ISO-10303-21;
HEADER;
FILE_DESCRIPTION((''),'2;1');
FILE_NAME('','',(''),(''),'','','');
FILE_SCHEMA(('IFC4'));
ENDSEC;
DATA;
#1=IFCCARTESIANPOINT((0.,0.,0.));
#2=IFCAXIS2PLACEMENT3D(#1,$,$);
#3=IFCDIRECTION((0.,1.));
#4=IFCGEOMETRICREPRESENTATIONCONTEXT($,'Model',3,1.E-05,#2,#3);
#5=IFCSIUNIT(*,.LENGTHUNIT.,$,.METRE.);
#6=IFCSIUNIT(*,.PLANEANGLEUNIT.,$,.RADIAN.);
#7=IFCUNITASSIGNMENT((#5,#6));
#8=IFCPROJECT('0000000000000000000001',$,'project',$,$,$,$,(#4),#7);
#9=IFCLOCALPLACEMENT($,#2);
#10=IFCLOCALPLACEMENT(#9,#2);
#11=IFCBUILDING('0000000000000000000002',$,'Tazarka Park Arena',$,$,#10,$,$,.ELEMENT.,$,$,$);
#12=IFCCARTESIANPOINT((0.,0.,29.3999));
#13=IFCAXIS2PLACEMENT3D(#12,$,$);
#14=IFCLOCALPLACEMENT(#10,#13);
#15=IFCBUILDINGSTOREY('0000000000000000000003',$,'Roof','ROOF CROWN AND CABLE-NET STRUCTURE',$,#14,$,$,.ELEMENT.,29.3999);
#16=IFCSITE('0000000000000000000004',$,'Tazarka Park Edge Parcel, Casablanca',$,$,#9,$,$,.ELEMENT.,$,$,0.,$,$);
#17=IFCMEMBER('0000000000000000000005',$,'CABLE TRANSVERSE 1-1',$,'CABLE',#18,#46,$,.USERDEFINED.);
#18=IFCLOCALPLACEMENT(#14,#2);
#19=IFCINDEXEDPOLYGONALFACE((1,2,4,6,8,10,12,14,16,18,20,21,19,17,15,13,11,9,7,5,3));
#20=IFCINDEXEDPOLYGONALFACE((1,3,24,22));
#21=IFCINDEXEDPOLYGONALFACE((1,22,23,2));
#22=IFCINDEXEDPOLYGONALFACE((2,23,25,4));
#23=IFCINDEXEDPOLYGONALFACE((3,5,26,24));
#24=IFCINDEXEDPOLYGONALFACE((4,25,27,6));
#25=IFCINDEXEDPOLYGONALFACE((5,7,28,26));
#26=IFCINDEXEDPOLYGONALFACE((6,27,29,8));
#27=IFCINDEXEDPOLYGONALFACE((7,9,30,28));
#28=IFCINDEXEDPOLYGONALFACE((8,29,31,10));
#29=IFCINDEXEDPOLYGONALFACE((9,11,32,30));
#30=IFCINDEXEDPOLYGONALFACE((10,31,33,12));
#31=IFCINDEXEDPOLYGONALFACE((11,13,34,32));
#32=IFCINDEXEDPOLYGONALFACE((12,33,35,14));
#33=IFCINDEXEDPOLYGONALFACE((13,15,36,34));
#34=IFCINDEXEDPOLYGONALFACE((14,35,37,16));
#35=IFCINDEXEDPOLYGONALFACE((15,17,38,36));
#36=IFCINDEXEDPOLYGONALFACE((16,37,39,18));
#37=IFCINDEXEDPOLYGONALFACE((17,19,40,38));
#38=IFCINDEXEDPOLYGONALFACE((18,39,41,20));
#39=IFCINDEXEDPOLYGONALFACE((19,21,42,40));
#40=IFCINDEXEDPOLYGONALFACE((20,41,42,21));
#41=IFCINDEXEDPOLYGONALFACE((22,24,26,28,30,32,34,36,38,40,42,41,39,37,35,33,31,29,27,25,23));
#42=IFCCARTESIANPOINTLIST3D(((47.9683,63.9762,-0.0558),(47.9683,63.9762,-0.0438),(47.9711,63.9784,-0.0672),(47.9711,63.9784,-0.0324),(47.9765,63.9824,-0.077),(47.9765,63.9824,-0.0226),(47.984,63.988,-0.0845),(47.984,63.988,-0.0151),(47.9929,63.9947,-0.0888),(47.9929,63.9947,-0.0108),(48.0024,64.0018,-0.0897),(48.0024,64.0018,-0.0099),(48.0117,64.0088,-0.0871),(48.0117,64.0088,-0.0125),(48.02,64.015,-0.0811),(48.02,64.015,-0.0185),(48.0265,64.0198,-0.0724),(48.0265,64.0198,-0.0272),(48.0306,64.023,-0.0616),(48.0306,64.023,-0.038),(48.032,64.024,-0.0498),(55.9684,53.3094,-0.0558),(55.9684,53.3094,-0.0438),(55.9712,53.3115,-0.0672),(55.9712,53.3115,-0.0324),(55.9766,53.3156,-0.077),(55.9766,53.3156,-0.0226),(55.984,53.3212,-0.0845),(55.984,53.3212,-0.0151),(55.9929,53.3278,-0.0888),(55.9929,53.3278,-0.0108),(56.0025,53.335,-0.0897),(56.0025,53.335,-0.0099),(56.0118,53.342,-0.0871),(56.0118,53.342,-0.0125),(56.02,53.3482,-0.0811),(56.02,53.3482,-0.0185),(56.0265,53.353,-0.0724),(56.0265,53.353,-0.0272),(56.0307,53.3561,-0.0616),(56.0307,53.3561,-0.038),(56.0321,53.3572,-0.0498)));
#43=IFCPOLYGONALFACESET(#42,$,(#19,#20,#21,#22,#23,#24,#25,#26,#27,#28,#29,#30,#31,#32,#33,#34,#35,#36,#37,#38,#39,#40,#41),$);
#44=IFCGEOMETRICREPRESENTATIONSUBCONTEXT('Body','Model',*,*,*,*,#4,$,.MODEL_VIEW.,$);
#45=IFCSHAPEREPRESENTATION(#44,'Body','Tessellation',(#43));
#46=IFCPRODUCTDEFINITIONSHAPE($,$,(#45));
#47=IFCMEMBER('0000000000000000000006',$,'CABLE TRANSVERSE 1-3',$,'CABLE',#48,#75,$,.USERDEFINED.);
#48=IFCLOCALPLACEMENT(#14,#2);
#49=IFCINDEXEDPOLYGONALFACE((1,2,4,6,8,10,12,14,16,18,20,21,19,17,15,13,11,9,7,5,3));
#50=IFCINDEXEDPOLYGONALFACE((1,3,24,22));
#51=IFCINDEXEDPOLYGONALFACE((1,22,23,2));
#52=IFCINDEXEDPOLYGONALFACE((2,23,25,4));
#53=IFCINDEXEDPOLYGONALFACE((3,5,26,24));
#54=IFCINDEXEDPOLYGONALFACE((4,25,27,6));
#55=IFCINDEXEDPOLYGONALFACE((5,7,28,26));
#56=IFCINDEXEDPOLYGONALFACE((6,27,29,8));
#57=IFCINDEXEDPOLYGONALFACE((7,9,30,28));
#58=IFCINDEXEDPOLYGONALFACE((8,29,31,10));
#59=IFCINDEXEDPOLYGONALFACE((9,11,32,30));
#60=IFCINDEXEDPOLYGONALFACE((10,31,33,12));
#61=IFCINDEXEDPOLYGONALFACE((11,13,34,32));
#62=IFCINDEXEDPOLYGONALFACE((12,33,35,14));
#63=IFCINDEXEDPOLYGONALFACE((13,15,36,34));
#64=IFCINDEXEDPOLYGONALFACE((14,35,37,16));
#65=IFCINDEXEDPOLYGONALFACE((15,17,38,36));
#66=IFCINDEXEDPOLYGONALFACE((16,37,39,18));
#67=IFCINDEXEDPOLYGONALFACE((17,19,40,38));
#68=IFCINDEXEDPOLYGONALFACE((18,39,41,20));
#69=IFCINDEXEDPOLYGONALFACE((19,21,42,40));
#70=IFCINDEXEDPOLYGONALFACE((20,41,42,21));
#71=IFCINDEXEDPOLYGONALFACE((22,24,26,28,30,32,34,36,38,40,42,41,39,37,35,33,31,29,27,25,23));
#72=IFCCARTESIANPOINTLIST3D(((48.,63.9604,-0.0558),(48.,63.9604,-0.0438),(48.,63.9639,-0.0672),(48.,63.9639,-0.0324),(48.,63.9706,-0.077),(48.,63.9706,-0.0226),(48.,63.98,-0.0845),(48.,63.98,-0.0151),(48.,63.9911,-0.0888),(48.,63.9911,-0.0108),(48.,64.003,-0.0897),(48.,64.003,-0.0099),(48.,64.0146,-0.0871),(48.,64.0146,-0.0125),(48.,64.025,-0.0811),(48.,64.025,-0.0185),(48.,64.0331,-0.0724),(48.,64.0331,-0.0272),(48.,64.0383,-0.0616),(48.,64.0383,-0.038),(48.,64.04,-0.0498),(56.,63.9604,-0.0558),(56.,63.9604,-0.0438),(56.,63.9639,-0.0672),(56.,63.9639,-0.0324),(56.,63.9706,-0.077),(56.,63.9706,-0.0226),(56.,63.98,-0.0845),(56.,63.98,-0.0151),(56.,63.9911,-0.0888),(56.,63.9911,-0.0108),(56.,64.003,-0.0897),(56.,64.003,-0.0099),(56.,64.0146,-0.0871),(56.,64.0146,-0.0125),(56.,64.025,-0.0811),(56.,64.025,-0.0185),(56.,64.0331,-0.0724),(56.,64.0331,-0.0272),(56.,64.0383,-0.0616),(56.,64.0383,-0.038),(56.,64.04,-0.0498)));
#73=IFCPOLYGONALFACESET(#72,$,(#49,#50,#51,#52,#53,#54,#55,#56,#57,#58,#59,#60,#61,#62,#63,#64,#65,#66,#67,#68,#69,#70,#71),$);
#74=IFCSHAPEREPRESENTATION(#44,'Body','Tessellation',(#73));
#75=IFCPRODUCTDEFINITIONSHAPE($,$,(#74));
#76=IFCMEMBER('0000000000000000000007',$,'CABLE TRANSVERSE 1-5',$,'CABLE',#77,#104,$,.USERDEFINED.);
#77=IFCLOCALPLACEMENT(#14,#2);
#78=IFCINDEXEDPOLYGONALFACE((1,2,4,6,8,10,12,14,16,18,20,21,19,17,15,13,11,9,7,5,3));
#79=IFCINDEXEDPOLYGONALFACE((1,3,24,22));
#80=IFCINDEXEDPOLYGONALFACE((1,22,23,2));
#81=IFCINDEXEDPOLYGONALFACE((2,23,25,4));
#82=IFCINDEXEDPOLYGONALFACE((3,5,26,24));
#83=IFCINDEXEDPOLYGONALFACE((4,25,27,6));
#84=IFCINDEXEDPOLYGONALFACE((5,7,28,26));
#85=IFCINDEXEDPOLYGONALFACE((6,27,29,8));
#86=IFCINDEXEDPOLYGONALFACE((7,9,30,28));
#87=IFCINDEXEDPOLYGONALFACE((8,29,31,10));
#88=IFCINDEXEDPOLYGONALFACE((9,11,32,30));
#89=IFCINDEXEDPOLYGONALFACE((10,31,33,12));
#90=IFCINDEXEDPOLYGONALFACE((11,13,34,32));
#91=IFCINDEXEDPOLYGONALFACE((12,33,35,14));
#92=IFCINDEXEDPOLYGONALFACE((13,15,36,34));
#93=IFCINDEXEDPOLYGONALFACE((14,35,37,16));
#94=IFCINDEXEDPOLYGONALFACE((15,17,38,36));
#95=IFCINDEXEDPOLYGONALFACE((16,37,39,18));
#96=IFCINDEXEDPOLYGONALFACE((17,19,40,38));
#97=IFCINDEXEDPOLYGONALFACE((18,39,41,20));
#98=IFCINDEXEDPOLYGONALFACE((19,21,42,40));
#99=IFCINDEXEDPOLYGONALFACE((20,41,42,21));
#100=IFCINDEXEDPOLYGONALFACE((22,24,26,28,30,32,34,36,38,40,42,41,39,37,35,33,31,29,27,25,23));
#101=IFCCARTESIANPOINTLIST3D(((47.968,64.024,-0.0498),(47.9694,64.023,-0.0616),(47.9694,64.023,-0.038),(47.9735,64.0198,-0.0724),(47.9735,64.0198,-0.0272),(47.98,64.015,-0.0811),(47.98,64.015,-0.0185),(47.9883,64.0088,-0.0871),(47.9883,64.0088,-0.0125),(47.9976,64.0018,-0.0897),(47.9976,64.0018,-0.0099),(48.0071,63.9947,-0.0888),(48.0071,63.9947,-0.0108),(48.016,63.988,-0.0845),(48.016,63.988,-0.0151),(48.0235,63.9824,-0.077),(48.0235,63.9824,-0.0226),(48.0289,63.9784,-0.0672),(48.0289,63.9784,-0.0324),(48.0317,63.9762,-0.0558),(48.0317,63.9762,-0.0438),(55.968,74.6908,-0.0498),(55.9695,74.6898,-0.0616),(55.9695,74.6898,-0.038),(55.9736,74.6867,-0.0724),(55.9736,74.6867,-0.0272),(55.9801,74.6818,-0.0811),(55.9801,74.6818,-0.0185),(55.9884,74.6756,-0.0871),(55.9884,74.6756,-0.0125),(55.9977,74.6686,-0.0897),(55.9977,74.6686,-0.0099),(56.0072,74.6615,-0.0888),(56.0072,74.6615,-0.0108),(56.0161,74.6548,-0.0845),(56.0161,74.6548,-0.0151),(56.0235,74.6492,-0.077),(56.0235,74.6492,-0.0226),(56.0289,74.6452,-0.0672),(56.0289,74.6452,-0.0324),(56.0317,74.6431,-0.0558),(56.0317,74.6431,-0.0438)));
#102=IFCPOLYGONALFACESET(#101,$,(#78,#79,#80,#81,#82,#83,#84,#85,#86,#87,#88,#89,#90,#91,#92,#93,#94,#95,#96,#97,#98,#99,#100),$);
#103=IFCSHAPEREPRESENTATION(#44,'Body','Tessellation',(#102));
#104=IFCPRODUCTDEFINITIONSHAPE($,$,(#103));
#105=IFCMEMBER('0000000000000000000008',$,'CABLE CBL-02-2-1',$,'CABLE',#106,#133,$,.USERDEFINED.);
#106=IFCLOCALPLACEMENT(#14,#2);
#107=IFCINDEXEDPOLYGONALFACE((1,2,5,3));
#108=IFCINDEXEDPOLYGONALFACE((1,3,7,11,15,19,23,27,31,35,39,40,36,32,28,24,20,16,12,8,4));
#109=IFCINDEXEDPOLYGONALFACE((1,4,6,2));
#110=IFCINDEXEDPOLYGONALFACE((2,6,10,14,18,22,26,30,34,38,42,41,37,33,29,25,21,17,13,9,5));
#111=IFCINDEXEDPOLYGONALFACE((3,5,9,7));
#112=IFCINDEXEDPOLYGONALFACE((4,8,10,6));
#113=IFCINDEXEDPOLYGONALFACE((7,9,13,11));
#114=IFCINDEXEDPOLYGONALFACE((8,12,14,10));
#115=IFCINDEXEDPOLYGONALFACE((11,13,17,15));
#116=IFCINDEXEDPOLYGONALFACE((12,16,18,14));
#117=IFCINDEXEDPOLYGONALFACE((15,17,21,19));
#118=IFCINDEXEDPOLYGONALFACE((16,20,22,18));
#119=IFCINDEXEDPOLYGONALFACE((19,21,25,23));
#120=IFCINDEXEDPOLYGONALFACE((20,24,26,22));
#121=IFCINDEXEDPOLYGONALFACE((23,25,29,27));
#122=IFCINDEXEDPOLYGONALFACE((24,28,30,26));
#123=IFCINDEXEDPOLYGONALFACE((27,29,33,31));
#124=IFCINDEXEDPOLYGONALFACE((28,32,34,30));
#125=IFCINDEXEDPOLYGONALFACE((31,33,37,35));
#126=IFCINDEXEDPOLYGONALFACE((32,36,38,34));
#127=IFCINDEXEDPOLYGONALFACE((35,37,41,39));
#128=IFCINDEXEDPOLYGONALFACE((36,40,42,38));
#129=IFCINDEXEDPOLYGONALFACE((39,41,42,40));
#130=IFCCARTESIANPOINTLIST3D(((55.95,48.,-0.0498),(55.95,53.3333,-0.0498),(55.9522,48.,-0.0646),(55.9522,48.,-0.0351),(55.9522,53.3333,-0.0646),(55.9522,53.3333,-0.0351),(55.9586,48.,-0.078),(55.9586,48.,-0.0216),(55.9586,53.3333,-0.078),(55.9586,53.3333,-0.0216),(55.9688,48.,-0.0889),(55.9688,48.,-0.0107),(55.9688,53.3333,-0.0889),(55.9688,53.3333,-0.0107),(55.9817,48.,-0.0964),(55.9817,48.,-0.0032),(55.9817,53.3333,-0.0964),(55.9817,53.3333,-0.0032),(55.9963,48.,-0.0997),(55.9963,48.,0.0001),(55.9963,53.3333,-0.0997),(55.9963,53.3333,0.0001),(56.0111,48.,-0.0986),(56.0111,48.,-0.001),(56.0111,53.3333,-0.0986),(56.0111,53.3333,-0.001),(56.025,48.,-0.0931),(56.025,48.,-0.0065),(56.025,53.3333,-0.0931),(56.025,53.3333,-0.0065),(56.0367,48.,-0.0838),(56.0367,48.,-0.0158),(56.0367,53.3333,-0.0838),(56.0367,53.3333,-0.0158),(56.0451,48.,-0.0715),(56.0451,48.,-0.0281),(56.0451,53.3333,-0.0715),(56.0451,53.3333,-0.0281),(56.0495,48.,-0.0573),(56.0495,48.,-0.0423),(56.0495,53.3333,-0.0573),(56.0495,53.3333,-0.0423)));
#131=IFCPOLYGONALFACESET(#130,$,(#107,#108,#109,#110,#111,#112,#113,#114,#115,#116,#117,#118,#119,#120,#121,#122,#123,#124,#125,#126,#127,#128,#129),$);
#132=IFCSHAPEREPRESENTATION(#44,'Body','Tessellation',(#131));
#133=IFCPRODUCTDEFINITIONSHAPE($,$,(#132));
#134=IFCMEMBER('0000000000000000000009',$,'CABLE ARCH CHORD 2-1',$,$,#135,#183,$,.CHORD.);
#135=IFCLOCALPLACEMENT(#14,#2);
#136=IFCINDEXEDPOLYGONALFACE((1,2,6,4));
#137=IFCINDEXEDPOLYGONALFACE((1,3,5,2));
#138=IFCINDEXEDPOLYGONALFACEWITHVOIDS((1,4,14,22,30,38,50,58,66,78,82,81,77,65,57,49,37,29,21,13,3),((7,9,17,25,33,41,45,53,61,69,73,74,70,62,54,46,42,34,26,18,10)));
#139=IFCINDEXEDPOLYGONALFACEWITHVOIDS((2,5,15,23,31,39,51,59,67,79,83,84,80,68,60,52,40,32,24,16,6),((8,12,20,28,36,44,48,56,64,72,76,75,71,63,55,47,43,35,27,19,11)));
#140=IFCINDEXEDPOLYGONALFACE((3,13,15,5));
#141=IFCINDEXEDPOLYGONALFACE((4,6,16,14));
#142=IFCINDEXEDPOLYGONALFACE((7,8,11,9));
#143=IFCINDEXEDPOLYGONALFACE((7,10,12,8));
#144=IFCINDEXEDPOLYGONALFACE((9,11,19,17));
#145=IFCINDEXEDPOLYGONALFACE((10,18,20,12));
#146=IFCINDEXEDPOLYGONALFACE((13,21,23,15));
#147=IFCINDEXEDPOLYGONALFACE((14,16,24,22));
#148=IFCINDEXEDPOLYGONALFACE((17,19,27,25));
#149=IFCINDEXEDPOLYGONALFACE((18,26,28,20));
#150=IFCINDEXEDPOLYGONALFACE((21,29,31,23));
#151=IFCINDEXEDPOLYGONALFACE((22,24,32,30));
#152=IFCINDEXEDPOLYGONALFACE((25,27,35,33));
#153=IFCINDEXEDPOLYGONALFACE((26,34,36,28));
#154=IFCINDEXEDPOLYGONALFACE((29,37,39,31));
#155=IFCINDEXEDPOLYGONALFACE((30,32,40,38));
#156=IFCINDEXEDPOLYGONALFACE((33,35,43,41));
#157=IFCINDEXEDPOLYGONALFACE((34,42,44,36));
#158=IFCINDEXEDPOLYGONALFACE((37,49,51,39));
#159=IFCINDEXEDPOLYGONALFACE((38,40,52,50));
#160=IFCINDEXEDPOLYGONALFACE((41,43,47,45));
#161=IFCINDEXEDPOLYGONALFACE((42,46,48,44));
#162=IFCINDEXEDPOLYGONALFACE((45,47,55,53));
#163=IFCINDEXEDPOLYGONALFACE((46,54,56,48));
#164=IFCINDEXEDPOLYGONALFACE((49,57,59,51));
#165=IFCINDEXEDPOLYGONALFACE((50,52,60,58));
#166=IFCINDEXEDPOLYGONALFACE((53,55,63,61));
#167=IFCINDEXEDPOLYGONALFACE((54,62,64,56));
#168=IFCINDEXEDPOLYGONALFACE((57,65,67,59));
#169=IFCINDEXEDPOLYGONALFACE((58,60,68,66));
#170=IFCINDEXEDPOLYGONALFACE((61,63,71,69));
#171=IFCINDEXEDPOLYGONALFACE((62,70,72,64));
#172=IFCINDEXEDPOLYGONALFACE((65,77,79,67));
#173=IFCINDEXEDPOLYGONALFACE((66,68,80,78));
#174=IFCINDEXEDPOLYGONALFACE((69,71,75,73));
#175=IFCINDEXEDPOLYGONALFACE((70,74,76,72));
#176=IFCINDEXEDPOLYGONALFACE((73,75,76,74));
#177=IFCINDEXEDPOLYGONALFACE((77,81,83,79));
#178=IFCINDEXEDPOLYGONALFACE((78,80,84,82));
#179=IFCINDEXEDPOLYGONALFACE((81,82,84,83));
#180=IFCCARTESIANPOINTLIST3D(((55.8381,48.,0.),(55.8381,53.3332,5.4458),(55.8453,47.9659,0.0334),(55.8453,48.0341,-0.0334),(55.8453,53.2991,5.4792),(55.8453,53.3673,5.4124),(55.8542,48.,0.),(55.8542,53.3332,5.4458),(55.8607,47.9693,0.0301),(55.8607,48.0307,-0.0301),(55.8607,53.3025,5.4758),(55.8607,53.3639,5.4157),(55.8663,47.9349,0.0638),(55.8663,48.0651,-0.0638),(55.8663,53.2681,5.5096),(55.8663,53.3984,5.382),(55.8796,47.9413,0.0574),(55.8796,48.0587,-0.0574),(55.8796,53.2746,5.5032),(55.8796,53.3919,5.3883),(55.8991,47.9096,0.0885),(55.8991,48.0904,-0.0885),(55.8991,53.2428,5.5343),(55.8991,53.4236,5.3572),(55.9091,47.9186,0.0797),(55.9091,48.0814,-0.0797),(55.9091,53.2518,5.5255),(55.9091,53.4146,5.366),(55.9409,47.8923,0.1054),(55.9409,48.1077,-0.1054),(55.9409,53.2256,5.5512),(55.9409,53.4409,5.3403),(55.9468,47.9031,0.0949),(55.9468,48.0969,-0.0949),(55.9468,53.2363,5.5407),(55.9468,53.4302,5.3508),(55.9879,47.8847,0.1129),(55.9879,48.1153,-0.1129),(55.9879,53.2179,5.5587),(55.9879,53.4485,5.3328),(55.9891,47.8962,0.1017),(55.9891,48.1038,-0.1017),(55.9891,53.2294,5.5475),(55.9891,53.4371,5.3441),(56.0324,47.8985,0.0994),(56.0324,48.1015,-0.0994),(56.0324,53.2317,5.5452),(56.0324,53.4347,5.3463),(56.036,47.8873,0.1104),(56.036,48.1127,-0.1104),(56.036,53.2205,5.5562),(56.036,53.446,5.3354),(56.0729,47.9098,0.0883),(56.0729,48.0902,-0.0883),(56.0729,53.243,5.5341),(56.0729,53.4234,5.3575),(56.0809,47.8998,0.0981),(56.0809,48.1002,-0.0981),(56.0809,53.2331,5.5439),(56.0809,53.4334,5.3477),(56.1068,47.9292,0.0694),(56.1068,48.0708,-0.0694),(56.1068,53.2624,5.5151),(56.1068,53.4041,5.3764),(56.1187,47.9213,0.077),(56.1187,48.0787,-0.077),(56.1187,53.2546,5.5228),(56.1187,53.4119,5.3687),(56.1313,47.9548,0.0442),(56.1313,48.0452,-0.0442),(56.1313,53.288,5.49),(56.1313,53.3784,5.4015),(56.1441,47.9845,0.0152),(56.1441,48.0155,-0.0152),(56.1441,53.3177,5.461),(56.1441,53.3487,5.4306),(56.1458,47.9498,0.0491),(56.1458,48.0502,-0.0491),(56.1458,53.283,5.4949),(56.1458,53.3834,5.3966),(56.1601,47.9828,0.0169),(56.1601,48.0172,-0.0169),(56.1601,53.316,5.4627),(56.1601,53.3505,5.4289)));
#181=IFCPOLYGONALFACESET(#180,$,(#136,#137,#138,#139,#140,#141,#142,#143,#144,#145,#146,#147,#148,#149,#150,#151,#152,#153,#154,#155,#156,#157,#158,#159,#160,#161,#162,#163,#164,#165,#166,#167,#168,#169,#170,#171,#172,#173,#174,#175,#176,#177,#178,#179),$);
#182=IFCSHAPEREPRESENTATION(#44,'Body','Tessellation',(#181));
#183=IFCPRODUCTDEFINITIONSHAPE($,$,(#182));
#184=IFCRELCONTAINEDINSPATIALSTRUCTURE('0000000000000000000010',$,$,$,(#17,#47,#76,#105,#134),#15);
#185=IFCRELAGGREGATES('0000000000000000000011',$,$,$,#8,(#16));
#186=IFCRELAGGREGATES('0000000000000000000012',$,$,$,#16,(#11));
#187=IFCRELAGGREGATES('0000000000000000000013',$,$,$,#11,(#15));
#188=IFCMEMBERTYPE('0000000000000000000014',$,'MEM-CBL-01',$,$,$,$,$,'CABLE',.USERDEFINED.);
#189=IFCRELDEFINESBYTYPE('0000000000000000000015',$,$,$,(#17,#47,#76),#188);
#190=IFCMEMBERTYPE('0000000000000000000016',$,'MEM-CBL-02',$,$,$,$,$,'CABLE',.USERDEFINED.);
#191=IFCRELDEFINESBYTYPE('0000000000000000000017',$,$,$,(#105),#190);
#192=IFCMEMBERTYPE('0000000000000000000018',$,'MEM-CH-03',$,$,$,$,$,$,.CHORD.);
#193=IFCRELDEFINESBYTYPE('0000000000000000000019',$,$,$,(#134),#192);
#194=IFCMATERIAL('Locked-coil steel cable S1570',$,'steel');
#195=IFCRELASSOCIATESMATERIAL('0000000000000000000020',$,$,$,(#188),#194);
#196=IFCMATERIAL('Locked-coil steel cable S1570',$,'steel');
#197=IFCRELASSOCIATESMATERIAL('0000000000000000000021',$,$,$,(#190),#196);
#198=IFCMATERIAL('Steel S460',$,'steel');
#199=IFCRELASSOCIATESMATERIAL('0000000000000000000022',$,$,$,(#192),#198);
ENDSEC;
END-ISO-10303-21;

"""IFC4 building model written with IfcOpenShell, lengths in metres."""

from ifc_helpers import new_model, si_unit, direction, frame, origin, origin_2d, place, context, subcontext, project, spatial, circle, hollow_circle, extrude, material, material_profile, profile_set, type_object, element, save


model = new_model("IFC4")

# Units and contexts
model_context = context("Model", 3, precision=1e-05, world=origin(), true_north=direction((0.0, 1.0)))
body_context = subcontext(model_context, "Body", "Model", "MODEL_VIEW")
ifc_project = project(units=[si_unit("LENGTHUNIT", "METRE"), si_unit("PLANEANGLEUNIT", "RADIAN")], contexts=[model_context])

# Site, building, storey
site_placement = place(None, origin())
site = spatial("IfcSite", under=ifc_project, at=site_placement, Name="Tazarka Park Edge Parcel, Casablanca", CompositionType="ELEMENT", RefElevation=0.0)
building_placement = place(site_placement, origin())
building = spatial("IfcBuilding", under=site, at=building_placement, Name="Tazarka Park Arena", CompositionType="ELEMENT")
storey_placement = place(building_placement, frame((0.0, 0.0, 29.3999)))
storey = spatial("IfcBuildingStorey", under=building, at=storey_placement, Name="Roof", Description="ROOF CROWN AND CABLE-NET STRUCTURE", CompositionType="ELEMENT", Elevation=29.3999)

# Members
ifc_material_1 = material(Name="Locked-coil steel cable S1570", Category="steel")
ifc_material_profile_1 = material_profile(ifc_material_1, circle(Radius=0.04, at=origin_2d()), Name="Locked-coil steel cable S1570")
ifc_profile_set_1 = profile_set([ifc_material_profile_1], Name="Locked-coil steel cable S1570")
member_type_1 = type_object("IfcMemberType", Name="MEM-CBL-01", ElementType="CABLE", PredefinedType="USERDEFINED", material=ifc_profile_set_1)
member_1_placement = place(storey_placement, frame((48.0, 64.0, -0.0498), z_axis=(0.599997, -0.800002, 0.0), x_axis=(0.800002, 0.599997, 0.0)))
element("IfcMember", 1, at=member_1_placement, inside=storey, type_object=member_type_1, Name="CABLE TRANSVERSE 1-1", ObjectType="CABLE", PredefinedType="USERDEFINED", context=body_context, shape_type="SweptSolid", body=[
    extrude(circle(Radius=0.04, at=origin_2d()), origin(), (0.0, 0.0, 1.0), 13.3335),
])
member_2_placement = place(storey_placement, frame((48.0, 64.0, -0.0498), z_axis=(1.0, 0.0, 0.0), x_axis=(0.0, 1.0, 0.0)))
element("IfcMember", 2, at=member_2_placement, inside=storey, type_object=member_type_1, Name="CABLE TRANSVERSE 1-3", ObjectType="CABLE", PredefinedType="USERDEFINED", context=body_context, shape_type="SweptSolid", body=[
    extrude(circle(Radius=0.04, at=origin_2d()), origin(), (0.0, 0.0, 1.0), 8.0),
])
member_3_placement = place(storey_placement, frame((48.0, 64.0, -0.0498), z_axis=(0.599997, 0.800002, 0.0), x_axis=(-0.800002, 0.599997, 0.0)))
element("IfcMember", 3, at=member_3_placement, inside=storey, type_object=member_type_1, Name="CABLE TRANSVERSE 1-5", ObjectType="CABLE", PredefinedType="USERDEFINED", context=body_context, shape_type="SweptSolid", body=[
    extrude(circle(Radius=0.04, at=origin_2d()), origin(), (0.0, 0.0, 1.0), 13.3335),
])
ifc_material_2 = material(Name="Locked-coil steel cable S1570", Category="steel")
ifc_material_profile_2 = material_profile(ifc_material_2, circle(Radius=0.05, at=origin_2d()), Name="Locked-coil steel cable S1570")
ifc_profile_set_2 = profile_set([ifc_material_profile_2], Name="Locked-coil steel cable S1570")
member_type_2 = type_object("IfcMemberType", Name="MEM-CBL-02", ElementType="CABLE", PredefinedType="USERDEFINED", material=ifc_profile_set_2)
member_4_placement = place(storey_placement, frame((56.0, 48.0, -0.0498), z_axis=(0.0, 1.0, 0.0), x_axis=(-1.0, 0.0, 0.0)))
element("IfcMember", 4, at=member_4_placement, inside=storey, type_object=member_type_2, Name="CABLE CBL-02-2-1", ObjectType="CABLE", PredefinedType="USERDEFINED", context=body_context, shape_type="SweptSolid", body=[
    extrude(circle(Radius=0.05, at=origin_2d()), origin(), (0.0, 0.0, 1.0), 5.3333),
])
ifc_material_3 = material(Name="Steel S460", Category="steel")
ifc_material_profile_3 = material_profile(ifc_material_3, hollow_circle(Radius=0.1619, WallThickness=0.0161, at=origin_2d()), Name="Steel S460")
ifc_profile_set_3 = profile_set([ifc_material_profile_3], Name="Steel S460")
member_type_3 = type_object("IfcMemberType", Name="MEM-CH-03", PredefinedType="CHORD", material=ifc_profile_set_3)
member_5_placement = place(storey_placement, frame((56.0, 48.0, 0.0), z_axis=(0.0, 0.699685, 0.714451), x_axis=(-1.0, 0.0, 0.0)))
element("IfcMember", 5, at=member_5_placement, inside=storey, type_object=member_type_3, Name="CABLE ARCH CHORD 2-1", PredefinedType="CHORD", context=body_context, shape_type="SweptSolid", body=[
    extrude(hollow_circle(Radius=0.1619, WallThickness=0.0161, at=origin_2d()), origin(), (0.0, 0.0, 1.0), 7.6223),
])

save(model, "model.ifc")
